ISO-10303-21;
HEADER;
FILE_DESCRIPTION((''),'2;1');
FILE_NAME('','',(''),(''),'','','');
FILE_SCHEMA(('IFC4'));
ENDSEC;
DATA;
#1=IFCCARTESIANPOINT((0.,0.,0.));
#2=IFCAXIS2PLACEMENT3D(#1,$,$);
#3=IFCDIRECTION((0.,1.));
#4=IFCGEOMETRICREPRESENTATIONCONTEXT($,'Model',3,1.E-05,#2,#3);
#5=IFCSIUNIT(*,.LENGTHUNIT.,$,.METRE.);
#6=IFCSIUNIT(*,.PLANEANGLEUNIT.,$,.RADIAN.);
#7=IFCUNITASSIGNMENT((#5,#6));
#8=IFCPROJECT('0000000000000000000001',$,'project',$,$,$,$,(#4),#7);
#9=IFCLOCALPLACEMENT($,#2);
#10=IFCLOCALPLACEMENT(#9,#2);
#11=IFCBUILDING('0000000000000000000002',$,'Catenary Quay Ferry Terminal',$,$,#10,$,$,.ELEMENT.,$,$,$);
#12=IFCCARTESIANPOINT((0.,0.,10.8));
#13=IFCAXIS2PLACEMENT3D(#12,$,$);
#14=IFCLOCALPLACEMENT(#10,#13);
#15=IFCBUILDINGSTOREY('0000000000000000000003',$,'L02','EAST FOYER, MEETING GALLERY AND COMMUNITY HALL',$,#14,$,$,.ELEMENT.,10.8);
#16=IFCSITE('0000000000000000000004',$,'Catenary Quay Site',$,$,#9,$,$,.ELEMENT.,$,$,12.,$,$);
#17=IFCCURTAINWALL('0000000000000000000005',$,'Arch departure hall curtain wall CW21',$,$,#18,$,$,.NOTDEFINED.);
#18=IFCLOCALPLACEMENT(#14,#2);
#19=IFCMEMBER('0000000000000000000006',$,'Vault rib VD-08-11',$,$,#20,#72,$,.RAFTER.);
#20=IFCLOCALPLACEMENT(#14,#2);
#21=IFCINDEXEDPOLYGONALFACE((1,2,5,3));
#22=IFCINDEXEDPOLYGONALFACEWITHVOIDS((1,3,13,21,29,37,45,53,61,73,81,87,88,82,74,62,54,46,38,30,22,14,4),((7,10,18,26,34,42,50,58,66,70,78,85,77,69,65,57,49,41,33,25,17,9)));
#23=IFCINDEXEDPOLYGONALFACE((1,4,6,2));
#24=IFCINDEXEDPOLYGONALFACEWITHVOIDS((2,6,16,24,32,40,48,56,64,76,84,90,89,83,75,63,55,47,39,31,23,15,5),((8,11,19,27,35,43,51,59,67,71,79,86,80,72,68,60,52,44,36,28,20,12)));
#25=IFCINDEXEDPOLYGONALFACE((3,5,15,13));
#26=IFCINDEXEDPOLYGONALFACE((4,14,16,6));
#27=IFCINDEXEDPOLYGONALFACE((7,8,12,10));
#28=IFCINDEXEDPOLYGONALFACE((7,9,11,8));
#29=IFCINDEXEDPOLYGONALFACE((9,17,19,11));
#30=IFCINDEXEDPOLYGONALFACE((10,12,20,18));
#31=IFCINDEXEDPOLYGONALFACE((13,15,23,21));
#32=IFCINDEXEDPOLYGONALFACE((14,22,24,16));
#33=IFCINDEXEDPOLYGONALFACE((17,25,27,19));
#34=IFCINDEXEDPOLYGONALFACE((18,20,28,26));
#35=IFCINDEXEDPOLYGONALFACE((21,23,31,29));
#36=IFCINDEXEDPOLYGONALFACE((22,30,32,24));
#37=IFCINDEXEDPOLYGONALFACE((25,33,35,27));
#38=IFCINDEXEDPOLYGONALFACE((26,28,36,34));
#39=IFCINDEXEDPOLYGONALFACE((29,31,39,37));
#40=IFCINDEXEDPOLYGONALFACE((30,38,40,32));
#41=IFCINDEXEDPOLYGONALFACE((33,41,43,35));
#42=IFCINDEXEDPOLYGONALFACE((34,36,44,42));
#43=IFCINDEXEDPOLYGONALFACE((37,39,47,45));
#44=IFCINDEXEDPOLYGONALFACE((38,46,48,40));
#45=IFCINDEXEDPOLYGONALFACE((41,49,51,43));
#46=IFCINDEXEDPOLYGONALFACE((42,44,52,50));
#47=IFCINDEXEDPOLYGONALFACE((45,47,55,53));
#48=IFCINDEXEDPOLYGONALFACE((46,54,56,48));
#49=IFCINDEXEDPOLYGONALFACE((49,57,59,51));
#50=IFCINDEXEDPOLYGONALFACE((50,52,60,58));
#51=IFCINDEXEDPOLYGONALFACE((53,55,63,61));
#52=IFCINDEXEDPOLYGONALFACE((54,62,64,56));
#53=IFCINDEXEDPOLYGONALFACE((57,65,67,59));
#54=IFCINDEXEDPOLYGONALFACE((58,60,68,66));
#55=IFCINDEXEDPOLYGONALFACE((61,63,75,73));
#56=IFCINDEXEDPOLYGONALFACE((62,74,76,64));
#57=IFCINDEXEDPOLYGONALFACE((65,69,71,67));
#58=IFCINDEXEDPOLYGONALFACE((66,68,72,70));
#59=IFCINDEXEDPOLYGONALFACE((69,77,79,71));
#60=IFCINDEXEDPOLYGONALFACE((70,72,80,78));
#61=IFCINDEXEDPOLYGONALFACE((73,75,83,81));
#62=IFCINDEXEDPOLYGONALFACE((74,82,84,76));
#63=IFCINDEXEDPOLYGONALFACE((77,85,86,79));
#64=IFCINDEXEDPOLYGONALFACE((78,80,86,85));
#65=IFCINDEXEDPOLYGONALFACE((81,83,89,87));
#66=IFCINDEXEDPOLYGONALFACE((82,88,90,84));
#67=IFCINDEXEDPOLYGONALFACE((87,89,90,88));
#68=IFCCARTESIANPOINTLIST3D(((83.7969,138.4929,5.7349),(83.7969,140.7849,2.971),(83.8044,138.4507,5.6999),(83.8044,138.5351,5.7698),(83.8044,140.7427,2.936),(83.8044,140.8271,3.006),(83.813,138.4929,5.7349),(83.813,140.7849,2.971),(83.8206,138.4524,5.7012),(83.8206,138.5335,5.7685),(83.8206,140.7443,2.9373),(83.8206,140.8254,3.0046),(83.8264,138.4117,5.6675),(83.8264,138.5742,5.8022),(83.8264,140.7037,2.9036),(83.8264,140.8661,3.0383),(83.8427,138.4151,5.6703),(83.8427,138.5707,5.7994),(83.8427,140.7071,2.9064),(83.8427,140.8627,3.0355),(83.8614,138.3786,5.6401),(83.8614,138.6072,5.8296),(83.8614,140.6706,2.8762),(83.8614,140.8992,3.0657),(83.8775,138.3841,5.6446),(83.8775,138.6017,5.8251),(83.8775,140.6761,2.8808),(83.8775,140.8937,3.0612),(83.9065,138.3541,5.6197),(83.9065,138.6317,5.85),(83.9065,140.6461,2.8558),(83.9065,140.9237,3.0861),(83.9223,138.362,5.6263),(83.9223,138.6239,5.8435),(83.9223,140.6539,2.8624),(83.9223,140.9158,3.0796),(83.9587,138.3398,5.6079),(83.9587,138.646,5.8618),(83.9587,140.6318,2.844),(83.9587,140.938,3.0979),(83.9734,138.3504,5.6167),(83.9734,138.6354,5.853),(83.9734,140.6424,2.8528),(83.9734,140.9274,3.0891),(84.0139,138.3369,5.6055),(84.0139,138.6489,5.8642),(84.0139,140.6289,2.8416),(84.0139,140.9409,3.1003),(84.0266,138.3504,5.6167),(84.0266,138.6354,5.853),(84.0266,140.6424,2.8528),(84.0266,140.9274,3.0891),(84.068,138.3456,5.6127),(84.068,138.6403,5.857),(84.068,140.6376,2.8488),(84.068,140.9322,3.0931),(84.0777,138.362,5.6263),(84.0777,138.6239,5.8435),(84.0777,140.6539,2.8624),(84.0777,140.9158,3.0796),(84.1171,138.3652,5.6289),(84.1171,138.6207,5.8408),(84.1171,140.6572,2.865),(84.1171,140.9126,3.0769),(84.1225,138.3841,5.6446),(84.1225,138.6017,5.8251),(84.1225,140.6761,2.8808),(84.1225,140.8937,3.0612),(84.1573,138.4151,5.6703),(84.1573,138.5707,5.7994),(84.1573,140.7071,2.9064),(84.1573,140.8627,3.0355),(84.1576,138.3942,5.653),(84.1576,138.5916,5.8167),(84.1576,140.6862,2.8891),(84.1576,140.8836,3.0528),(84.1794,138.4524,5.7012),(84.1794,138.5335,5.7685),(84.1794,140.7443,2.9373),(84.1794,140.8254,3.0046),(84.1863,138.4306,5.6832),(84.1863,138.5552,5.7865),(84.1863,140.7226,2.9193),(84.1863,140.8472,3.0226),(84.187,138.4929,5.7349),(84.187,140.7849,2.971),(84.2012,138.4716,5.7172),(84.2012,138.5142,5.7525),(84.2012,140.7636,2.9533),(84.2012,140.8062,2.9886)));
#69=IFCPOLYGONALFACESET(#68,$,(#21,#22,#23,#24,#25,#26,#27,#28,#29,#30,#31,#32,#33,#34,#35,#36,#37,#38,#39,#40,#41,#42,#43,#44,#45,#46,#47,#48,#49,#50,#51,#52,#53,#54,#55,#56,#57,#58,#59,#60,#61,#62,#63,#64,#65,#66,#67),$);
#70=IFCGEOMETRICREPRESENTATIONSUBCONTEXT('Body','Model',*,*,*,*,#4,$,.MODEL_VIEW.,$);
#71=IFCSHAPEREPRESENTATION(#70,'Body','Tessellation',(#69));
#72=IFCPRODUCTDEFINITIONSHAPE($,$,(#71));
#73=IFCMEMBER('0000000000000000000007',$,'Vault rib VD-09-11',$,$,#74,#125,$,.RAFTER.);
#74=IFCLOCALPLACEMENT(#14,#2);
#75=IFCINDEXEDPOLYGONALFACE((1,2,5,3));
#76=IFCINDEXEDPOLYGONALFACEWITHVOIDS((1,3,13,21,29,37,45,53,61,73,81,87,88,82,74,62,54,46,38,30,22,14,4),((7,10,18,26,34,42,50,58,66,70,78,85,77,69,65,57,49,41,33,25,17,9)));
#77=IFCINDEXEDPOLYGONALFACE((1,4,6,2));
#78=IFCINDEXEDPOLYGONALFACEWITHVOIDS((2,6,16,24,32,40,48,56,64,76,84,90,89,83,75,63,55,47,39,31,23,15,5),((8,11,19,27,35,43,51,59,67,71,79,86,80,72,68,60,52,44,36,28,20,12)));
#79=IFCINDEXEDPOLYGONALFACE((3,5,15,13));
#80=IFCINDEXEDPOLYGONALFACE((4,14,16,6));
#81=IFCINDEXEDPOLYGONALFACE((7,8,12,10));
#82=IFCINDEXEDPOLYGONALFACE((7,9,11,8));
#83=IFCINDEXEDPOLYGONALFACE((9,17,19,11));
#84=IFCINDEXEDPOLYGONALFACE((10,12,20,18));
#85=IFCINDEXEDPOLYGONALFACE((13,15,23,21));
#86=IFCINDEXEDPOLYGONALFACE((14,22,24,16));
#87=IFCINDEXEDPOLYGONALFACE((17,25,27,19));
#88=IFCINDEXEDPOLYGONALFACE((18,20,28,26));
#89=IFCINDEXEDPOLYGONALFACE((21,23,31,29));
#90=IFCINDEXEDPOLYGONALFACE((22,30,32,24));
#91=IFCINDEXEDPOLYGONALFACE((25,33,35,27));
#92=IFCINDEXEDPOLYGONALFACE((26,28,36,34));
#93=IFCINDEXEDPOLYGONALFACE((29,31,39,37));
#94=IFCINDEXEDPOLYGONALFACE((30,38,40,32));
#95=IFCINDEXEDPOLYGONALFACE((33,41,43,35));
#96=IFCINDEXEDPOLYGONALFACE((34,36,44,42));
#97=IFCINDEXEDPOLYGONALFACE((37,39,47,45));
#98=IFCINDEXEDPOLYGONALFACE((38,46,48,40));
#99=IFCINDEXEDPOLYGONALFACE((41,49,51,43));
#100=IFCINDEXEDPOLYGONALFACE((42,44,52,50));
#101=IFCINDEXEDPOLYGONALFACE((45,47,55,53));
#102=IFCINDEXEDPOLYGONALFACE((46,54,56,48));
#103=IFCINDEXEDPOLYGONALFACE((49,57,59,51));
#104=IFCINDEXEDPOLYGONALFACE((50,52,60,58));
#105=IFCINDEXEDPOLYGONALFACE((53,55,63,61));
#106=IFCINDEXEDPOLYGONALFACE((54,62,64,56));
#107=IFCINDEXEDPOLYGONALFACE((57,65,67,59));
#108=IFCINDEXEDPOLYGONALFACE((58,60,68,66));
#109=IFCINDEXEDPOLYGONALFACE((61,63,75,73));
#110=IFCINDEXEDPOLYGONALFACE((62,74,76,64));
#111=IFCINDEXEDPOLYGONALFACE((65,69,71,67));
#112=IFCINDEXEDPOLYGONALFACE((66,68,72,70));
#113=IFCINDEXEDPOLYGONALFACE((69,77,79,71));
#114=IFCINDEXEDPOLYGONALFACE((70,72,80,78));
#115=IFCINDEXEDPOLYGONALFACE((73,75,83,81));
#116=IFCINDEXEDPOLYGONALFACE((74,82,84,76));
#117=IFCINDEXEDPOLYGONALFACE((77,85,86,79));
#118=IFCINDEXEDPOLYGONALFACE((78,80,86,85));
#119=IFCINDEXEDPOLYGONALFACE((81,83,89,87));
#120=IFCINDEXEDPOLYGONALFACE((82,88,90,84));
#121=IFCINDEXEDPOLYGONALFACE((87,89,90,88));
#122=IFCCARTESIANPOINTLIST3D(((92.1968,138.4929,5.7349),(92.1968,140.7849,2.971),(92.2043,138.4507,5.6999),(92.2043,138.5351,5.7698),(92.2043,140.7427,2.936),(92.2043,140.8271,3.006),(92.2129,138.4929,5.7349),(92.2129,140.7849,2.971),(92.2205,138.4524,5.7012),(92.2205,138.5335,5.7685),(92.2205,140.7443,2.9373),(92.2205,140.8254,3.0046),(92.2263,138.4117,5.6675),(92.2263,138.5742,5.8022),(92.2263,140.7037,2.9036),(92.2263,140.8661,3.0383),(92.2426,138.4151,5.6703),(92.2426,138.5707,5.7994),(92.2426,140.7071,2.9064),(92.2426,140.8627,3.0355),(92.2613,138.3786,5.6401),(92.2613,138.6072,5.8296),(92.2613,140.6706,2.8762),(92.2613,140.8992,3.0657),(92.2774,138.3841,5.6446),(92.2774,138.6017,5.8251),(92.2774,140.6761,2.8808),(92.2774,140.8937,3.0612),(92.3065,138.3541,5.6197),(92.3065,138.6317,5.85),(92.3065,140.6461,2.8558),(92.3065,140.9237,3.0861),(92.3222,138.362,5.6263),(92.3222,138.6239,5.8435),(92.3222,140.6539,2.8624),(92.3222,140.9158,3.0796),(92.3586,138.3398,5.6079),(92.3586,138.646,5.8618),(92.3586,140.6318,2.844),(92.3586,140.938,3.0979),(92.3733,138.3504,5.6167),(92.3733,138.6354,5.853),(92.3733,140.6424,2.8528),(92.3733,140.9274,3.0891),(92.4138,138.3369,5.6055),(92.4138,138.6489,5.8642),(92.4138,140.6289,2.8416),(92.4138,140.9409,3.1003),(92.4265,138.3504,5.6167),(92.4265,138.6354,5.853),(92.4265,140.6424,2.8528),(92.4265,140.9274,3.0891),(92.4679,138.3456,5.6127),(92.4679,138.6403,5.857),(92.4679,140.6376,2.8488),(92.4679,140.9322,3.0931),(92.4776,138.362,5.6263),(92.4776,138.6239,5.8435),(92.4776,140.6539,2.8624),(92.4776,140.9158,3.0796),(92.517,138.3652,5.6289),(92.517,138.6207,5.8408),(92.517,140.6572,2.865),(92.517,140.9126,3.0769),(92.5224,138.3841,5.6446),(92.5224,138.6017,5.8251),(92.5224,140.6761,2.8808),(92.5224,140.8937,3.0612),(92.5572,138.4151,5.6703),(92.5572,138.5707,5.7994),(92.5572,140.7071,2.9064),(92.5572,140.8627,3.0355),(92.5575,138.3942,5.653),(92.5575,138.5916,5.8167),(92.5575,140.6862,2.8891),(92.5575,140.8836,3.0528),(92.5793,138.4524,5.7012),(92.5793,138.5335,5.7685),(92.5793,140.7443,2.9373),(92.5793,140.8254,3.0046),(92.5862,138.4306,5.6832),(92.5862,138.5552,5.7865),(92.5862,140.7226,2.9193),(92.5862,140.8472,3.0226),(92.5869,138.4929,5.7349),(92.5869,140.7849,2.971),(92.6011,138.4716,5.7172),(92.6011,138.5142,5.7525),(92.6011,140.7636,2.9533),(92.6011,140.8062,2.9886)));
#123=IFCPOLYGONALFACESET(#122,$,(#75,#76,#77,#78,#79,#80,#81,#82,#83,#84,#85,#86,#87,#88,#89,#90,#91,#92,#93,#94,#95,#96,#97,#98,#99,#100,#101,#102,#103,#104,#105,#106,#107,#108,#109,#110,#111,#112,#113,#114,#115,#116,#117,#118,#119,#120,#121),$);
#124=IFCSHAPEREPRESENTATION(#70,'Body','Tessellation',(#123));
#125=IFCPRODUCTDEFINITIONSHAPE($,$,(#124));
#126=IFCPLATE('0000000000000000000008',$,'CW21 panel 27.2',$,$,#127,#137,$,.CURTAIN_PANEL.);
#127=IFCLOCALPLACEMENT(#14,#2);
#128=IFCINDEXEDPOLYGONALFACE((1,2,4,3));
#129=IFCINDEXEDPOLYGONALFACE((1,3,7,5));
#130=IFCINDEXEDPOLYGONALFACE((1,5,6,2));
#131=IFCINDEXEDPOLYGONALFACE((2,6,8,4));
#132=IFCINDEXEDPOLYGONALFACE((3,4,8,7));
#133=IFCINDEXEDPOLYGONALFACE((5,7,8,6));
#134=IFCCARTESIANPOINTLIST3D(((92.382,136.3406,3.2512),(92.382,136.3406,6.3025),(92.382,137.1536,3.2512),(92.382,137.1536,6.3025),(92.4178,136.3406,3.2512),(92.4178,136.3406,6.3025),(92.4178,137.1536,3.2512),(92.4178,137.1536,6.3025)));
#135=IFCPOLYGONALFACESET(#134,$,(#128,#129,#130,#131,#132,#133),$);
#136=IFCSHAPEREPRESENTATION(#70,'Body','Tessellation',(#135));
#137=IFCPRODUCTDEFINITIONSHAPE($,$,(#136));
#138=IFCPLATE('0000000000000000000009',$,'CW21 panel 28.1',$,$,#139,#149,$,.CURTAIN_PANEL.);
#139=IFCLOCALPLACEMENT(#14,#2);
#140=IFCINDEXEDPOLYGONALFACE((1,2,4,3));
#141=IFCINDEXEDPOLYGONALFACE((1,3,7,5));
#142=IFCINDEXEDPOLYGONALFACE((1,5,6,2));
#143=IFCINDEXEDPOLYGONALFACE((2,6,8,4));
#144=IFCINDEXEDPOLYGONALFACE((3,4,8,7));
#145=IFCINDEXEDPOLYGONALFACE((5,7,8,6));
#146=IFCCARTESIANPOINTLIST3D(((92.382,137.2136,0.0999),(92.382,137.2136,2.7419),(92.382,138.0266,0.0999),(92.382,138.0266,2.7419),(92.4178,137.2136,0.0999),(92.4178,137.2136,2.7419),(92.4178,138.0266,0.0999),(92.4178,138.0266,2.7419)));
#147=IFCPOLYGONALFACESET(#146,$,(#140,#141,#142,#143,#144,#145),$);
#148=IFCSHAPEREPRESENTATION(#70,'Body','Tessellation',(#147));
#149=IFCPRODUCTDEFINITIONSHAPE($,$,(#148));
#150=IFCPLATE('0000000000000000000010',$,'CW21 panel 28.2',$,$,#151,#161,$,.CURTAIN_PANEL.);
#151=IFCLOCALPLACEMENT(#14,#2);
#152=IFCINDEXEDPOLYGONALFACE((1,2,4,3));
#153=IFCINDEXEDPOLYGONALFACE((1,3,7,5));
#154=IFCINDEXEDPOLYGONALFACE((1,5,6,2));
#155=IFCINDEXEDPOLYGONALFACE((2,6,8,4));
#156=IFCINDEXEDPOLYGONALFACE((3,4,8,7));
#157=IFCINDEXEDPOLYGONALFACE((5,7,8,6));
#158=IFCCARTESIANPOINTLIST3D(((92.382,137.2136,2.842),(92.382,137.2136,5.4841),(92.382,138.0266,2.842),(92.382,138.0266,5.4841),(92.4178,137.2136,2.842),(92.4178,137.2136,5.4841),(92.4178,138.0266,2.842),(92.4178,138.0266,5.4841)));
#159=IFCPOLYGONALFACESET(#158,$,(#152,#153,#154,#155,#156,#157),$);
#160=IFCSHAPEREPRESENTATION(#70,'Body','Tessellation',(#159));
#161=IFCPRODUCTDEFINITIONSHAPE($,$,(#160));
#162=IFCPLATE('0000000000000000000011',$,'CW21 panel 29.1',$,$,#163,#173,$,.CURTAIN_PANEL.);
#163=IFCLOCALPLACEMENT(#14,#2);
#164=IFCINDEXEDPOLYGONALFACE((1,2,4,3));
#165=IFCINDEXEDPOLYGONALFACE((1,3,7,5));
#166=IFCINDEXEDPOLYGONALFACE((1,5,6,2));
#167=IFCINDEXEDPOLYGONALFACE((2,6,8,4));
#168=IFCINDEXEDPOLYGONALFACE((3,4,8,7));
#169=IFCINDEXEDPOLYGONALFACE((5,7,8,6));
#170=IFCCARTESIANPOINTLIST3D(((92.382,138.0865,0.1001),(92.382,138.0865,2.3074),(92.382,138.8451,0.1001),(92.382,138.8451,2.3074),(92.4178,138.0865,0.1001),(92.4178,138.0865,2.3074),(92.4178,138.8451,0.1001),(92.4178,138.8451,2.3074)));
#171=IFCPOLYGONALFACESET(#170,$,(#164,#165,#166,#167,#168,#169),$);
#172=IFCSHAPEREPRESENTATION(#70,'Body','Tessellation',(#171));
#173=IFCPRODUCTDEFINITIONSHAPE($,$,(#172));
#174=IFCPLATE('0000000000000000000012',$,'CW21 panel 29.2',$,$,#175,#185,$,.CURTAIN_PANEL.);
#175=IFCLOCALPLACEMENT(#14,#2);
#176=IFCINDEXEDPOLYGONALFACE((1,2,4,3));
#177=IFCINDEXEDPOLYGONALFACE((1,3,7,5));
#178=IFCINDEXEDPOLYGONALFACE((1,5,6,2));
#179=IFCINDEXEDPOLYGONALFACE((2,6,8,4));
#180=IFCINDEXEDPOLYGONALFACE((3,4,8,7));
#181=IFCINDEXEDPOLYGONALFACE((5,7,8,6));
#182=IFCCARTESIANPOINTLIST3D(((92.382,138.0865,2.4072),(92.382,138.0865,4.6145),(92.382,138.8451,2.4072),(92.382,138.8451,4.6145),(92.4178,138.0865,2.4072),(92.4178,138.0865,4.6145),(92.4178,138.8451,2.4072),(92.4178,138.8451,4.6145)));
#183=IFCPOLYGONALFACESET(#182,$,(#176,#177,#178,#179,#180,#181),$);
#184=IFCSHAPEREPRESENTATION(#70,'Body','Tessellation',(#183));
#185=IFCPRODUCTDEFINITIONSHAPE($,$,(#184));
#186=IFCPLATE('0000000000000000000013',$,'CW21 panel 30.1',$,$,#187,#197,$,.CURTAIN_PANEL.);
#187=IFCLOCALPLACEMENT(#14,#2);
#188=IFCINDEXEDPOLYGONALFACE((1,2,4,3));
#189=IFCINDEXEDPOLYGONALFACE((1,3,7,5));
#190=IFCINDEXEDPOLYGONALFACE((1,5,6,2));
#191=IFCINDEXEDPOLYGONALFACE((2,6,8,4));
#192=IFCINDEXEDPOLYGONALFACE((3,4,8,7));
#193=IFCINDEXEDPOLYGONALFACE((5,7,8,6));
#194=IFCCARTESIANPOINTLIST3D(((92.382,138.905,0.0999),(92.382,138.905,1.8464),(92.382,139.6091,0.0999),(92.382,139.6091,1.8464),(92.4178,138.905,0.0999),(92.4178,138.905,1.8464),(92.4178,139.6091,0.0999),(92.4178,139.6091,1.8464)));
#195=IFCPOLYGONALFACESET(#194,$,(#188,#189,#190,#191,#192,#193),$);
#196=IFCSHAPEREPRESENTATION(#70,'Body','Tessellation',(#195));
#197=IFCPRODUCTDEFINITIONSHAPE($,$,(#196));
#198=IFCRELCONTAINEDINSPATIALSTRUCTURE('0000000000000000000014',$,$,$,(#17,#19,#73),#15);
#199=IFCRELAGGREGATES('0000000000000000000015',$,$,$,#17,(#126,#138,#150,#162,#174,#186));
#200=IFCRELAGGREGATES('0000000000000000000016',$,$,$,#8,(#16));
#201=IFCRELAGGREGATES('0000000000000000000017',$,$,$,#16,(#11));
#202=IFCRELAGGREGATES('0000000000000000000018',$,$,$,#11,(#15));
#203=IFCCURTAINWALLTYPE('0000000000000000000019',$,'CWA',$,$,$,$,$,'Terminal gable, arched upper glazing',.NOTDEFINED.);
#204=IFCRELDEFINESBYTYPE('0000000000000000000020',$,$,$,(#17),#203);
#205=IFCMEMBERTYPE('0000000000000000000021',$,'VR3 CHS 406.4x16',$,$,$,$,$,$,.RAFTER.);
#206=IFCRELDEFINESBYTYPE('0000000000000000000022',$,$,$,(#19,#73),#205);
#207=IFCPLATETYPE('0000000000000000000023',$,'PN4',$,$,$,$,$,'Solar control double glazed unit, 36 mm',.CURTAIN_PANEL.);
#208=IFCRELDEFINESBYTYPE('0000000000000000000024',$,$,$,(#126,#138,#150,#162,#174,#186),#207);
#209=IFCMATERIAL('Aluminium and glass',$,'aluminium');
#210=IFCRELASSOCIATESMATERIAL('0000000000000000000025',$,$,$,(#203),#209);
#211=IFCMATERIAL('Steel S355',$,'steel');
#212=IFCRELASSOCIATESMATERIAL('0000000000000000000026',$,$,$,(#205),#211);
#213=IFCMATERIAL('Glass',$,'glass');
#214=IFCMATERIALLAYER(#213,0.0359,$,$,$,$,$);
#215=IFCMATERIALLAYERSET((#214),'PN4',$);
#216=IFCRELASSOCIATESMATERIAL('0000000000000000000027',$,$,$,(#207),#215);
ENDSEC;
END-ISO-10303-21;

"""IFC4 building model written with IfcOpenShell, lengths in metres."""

from ifc_helpers import new_model, si_unit, direction, frame, origin, origin_2d, place, context, subcontext, project, spatial, rectangle, hollow_circle, extrude, material, layer, layer_set, material_profile, profile_set, type_object, element, aggregate, save


model = new_model("IFC4")

# Units and contexts
model_context = context("Model", 3, precision=1e-05, world=origin(), true_north=direction((0.0, 1.0)))
body_context = subcontext(model_context, "Body", "Model", "MODEL_VIEW")
ifc_project = project(units=[si_unit("LENGTHUNIT", "METRE"), si_unit("PLANEANGLEUNIT", "RADIAN")], contexts=[model_context])

# Site, building, storey
site_placement = place(None, origin())
site = spatial("IfcSite", under=ifc_project, at=site_placement, Name="Catenary Quay Site", CompositionType="ELEMENT", RefElevation=12.0)
building_placement = place(site_placement, origin())
building = spatial("IfcBuilding", under=site, at=building_placement, Name="Catenary Quay Ferry Terminal", CompositionType="ELEMENT")
storey_placement = place(building_placement, frame((0.0, 0.0, 10.8)))
storey = spatial("IfcBuildingStorey", under=building, at=storey_placement, Name="L02", Description="EAST FOYER, MEETING GALLERY AND COMMUNITY HALL", CompositionType="ELEMENT", Elevation=10.8)

# Curtain wall
ifc_material_1 = material(Name="Aluminium and glass", Category="aluminium")
curtain_wall_type = type_object("IfcCurtainWallType", Name="CWA", ElementType="Terminal gable, arched upper glazing", PredefinedType="NOTDEFINED", material=ifc_material_1)
curtain_wall_placement = place(storey_placement, origin())
curtain_wall = element("IfcCurtainWall", 1, at=curtain_wall_placement, inside=storey, type_object=curtain_wall_type, Name="Arch departure hall curtain wall CW21", PredefinedType="NOTDEFINED")

# Members
ifc_material_2 = material(Name="Steel S355", Category="steel")
ifc_material_profile_1 = material_profile(ifc_material_2, hollow_circle(Radius=0.2031, WallThickness=0.0161, at=origin_2d()), Name="CHS 406.4x16")
ifc_profile_set_1 = profile_set([ifc_material_profile_1], Name="Steel S355")
member_type_1 = type_object("IfcMemberType", Name="VR3 CHS 406.4x16", PredefinedType="RAFTER", material=ifc_profile_set_1)
for number, where, z_axis, x_axis, name in (
    (2, (84.0, 138.4929, 5.7349), (0.0, 0.63833, -0.769763), (-1.0, 0.0, 0.0), "Vault rib VD-08-11"),
    (3, (92.3999, 138.4929, 5.7349), (0.0, 0.63833, -0.769763), (-1.0, 0.0, 0.0), "Vault rib VD-09-11"),
):
    element("IfcMember", number, at=place(storey_placement, frame(where, z_axis=z_axis, x_axis=x_axis)), inside=storey, type_object=member_type_1, Name=name, PredefinedType="RAFTER", context=body_context, shape_type="SweptSolid", body=[
        extrude(hollow_circle(Radius=0.2031, WallThickness=0.0161, at=origin_2d()), origin(), (0.0, 0.0, 1.0), 3.5906),
    ])

# Plates
ifc_material_3 = material(Name="Glass", Category="glass")
ifc_layer_1 = layer(ifc_material_3, 0.0359)
ifc_layer_set_1 = layer_set([ifc_layer_1], Name="PN4")
plate_type_1 = type_object("IfcPlateType", Name="PN4", ElementType="Solar control double glazed unit, 36 mm", PredefinedType="CURTAIN_PANEL", material=ifc_layer_set_1)
plate_1_placement = place(storey_placement, frame((92.3999, 136.7471, 3.2512), z_axis=(0.0, 0.0, 1.0), x_axis=(0.0, 1.0, 0.0)))
plate_1 = element("IfcPlate", 4, at=plate_1_placement, type_object=plate_type_1, Name="CW21 panel 27.2", PredefinedType="CURTAIN_PANEL", context=body_context, shape_type="SweptSolid", body=[
    extrude(rectangle(XDim=0.813, YDim=0.0359, at=origin_2d()), origin(), (0.0, 0.0, 1.0), 3.0513),
])
plate_2_placement = place(storey_placement, frame((92.3999, 137.6201, 0.0999), z_axis=(0.0, 0.0, 1.0), x_axis=(0.0, 1.0, 0.0)))
plate_2 = element("IfcPlate", 5, at=plate_2_placement, type_object=plate_type_1, Name="CW21 panel 28.1", PredefinedType="CURTAIN_PANEL", context=body_context, shape_type="SweptSolid", body=[
    extrude(rectangle(XDim=0.813, YDim=0.0359, at=origin_2d()), origin(), (0.0, 0.0, 1.0), 2.6421),
])
plate_3_placement = place(storey_placement, frame((92.3999, 137.6201, 2.842), z_axis=(0.0, 0.0, 1.0), x_axis=(0.0, 1.0, 0.0)))
plate_3 = element("IfcPlate", 6, at=plate_3_placement, type_object=plate_type_1, Name="CW21 panel 28.2", PredefinedType="CURTAIN_PANEL", context=body_context, shape_type="SweptSolid", body=[
    extrude(rectangle(XDim=0.813, YDim=0.0359, at=origin_2d()), origin(), (0.0, 0.0, 1.0), 2.6421),
])
plate_4_placement = place(storey_placement, frame((92.3999, 138.4658, 0.1001), z_axis=(0.0, 0.0, 1.0), x_axis=(0.0, 1.0, 0.0)))
plate_4 = element("IfcPlate", 7, at=plate_4_placement, type_object=plate_type_1, Name="CW21 panel 29.1", PredefinedType="CURTAIN_PANEL", context=body_context, shape_type="SweptSolid", body=[
    extrude(rectangle(XDim=0.7585, YDim=0.0359, at=origin_2d()), origin(), (0.0, 0.0, 1.0), 2.2073),
])
plate_5_placement = place(storey_placement, frame((92.3999, 138.4658, 2.4072), z_axis=(0.0, 0.0, 1.0), x_axis=(0.0, 1.0, 0.0)))
plate_5 = element("IfcPlate", 8, at=plate_5_placement, type_object=plate_type_1, Name="CW21 panel 29.2", PredefinedType="CURTAIN_PANEL", context=body_context, shape_type="SweptSolid", body=[
    extrude(rectangle(XDim=0.7585, YDim=0.0359, at=origin_2d()), origin(), (0.0, 0.0, 1.0), 2.2073),
])
plate_6_placement = place(storey_placement, frame((92.3999, 139.2571, 0.0999), z_axis=(0.0, 0.0, 1.0), x_axis=(0.0, 1.0, 0.0)))
plate_6 = element("IfcPlate", 9, at=plate_6_placement, type_object=plate_type_1, Name="CW21 panel 30.1", PredefinedType="CURTAIN_PANEL", context=body_context, shape_type="SweptSolid", body=[
    extrude(rectangle(XDim=0.7041, YDim=0.0359, at=origin_2d()), origin(), (0.0, 0.0, 1.0), 1.7466),
])
aggregate(curtain_wall, [plate_1, plate_2, plate_3, plate_4, plate_5, plate_6])

save(model, "model.ifc")
